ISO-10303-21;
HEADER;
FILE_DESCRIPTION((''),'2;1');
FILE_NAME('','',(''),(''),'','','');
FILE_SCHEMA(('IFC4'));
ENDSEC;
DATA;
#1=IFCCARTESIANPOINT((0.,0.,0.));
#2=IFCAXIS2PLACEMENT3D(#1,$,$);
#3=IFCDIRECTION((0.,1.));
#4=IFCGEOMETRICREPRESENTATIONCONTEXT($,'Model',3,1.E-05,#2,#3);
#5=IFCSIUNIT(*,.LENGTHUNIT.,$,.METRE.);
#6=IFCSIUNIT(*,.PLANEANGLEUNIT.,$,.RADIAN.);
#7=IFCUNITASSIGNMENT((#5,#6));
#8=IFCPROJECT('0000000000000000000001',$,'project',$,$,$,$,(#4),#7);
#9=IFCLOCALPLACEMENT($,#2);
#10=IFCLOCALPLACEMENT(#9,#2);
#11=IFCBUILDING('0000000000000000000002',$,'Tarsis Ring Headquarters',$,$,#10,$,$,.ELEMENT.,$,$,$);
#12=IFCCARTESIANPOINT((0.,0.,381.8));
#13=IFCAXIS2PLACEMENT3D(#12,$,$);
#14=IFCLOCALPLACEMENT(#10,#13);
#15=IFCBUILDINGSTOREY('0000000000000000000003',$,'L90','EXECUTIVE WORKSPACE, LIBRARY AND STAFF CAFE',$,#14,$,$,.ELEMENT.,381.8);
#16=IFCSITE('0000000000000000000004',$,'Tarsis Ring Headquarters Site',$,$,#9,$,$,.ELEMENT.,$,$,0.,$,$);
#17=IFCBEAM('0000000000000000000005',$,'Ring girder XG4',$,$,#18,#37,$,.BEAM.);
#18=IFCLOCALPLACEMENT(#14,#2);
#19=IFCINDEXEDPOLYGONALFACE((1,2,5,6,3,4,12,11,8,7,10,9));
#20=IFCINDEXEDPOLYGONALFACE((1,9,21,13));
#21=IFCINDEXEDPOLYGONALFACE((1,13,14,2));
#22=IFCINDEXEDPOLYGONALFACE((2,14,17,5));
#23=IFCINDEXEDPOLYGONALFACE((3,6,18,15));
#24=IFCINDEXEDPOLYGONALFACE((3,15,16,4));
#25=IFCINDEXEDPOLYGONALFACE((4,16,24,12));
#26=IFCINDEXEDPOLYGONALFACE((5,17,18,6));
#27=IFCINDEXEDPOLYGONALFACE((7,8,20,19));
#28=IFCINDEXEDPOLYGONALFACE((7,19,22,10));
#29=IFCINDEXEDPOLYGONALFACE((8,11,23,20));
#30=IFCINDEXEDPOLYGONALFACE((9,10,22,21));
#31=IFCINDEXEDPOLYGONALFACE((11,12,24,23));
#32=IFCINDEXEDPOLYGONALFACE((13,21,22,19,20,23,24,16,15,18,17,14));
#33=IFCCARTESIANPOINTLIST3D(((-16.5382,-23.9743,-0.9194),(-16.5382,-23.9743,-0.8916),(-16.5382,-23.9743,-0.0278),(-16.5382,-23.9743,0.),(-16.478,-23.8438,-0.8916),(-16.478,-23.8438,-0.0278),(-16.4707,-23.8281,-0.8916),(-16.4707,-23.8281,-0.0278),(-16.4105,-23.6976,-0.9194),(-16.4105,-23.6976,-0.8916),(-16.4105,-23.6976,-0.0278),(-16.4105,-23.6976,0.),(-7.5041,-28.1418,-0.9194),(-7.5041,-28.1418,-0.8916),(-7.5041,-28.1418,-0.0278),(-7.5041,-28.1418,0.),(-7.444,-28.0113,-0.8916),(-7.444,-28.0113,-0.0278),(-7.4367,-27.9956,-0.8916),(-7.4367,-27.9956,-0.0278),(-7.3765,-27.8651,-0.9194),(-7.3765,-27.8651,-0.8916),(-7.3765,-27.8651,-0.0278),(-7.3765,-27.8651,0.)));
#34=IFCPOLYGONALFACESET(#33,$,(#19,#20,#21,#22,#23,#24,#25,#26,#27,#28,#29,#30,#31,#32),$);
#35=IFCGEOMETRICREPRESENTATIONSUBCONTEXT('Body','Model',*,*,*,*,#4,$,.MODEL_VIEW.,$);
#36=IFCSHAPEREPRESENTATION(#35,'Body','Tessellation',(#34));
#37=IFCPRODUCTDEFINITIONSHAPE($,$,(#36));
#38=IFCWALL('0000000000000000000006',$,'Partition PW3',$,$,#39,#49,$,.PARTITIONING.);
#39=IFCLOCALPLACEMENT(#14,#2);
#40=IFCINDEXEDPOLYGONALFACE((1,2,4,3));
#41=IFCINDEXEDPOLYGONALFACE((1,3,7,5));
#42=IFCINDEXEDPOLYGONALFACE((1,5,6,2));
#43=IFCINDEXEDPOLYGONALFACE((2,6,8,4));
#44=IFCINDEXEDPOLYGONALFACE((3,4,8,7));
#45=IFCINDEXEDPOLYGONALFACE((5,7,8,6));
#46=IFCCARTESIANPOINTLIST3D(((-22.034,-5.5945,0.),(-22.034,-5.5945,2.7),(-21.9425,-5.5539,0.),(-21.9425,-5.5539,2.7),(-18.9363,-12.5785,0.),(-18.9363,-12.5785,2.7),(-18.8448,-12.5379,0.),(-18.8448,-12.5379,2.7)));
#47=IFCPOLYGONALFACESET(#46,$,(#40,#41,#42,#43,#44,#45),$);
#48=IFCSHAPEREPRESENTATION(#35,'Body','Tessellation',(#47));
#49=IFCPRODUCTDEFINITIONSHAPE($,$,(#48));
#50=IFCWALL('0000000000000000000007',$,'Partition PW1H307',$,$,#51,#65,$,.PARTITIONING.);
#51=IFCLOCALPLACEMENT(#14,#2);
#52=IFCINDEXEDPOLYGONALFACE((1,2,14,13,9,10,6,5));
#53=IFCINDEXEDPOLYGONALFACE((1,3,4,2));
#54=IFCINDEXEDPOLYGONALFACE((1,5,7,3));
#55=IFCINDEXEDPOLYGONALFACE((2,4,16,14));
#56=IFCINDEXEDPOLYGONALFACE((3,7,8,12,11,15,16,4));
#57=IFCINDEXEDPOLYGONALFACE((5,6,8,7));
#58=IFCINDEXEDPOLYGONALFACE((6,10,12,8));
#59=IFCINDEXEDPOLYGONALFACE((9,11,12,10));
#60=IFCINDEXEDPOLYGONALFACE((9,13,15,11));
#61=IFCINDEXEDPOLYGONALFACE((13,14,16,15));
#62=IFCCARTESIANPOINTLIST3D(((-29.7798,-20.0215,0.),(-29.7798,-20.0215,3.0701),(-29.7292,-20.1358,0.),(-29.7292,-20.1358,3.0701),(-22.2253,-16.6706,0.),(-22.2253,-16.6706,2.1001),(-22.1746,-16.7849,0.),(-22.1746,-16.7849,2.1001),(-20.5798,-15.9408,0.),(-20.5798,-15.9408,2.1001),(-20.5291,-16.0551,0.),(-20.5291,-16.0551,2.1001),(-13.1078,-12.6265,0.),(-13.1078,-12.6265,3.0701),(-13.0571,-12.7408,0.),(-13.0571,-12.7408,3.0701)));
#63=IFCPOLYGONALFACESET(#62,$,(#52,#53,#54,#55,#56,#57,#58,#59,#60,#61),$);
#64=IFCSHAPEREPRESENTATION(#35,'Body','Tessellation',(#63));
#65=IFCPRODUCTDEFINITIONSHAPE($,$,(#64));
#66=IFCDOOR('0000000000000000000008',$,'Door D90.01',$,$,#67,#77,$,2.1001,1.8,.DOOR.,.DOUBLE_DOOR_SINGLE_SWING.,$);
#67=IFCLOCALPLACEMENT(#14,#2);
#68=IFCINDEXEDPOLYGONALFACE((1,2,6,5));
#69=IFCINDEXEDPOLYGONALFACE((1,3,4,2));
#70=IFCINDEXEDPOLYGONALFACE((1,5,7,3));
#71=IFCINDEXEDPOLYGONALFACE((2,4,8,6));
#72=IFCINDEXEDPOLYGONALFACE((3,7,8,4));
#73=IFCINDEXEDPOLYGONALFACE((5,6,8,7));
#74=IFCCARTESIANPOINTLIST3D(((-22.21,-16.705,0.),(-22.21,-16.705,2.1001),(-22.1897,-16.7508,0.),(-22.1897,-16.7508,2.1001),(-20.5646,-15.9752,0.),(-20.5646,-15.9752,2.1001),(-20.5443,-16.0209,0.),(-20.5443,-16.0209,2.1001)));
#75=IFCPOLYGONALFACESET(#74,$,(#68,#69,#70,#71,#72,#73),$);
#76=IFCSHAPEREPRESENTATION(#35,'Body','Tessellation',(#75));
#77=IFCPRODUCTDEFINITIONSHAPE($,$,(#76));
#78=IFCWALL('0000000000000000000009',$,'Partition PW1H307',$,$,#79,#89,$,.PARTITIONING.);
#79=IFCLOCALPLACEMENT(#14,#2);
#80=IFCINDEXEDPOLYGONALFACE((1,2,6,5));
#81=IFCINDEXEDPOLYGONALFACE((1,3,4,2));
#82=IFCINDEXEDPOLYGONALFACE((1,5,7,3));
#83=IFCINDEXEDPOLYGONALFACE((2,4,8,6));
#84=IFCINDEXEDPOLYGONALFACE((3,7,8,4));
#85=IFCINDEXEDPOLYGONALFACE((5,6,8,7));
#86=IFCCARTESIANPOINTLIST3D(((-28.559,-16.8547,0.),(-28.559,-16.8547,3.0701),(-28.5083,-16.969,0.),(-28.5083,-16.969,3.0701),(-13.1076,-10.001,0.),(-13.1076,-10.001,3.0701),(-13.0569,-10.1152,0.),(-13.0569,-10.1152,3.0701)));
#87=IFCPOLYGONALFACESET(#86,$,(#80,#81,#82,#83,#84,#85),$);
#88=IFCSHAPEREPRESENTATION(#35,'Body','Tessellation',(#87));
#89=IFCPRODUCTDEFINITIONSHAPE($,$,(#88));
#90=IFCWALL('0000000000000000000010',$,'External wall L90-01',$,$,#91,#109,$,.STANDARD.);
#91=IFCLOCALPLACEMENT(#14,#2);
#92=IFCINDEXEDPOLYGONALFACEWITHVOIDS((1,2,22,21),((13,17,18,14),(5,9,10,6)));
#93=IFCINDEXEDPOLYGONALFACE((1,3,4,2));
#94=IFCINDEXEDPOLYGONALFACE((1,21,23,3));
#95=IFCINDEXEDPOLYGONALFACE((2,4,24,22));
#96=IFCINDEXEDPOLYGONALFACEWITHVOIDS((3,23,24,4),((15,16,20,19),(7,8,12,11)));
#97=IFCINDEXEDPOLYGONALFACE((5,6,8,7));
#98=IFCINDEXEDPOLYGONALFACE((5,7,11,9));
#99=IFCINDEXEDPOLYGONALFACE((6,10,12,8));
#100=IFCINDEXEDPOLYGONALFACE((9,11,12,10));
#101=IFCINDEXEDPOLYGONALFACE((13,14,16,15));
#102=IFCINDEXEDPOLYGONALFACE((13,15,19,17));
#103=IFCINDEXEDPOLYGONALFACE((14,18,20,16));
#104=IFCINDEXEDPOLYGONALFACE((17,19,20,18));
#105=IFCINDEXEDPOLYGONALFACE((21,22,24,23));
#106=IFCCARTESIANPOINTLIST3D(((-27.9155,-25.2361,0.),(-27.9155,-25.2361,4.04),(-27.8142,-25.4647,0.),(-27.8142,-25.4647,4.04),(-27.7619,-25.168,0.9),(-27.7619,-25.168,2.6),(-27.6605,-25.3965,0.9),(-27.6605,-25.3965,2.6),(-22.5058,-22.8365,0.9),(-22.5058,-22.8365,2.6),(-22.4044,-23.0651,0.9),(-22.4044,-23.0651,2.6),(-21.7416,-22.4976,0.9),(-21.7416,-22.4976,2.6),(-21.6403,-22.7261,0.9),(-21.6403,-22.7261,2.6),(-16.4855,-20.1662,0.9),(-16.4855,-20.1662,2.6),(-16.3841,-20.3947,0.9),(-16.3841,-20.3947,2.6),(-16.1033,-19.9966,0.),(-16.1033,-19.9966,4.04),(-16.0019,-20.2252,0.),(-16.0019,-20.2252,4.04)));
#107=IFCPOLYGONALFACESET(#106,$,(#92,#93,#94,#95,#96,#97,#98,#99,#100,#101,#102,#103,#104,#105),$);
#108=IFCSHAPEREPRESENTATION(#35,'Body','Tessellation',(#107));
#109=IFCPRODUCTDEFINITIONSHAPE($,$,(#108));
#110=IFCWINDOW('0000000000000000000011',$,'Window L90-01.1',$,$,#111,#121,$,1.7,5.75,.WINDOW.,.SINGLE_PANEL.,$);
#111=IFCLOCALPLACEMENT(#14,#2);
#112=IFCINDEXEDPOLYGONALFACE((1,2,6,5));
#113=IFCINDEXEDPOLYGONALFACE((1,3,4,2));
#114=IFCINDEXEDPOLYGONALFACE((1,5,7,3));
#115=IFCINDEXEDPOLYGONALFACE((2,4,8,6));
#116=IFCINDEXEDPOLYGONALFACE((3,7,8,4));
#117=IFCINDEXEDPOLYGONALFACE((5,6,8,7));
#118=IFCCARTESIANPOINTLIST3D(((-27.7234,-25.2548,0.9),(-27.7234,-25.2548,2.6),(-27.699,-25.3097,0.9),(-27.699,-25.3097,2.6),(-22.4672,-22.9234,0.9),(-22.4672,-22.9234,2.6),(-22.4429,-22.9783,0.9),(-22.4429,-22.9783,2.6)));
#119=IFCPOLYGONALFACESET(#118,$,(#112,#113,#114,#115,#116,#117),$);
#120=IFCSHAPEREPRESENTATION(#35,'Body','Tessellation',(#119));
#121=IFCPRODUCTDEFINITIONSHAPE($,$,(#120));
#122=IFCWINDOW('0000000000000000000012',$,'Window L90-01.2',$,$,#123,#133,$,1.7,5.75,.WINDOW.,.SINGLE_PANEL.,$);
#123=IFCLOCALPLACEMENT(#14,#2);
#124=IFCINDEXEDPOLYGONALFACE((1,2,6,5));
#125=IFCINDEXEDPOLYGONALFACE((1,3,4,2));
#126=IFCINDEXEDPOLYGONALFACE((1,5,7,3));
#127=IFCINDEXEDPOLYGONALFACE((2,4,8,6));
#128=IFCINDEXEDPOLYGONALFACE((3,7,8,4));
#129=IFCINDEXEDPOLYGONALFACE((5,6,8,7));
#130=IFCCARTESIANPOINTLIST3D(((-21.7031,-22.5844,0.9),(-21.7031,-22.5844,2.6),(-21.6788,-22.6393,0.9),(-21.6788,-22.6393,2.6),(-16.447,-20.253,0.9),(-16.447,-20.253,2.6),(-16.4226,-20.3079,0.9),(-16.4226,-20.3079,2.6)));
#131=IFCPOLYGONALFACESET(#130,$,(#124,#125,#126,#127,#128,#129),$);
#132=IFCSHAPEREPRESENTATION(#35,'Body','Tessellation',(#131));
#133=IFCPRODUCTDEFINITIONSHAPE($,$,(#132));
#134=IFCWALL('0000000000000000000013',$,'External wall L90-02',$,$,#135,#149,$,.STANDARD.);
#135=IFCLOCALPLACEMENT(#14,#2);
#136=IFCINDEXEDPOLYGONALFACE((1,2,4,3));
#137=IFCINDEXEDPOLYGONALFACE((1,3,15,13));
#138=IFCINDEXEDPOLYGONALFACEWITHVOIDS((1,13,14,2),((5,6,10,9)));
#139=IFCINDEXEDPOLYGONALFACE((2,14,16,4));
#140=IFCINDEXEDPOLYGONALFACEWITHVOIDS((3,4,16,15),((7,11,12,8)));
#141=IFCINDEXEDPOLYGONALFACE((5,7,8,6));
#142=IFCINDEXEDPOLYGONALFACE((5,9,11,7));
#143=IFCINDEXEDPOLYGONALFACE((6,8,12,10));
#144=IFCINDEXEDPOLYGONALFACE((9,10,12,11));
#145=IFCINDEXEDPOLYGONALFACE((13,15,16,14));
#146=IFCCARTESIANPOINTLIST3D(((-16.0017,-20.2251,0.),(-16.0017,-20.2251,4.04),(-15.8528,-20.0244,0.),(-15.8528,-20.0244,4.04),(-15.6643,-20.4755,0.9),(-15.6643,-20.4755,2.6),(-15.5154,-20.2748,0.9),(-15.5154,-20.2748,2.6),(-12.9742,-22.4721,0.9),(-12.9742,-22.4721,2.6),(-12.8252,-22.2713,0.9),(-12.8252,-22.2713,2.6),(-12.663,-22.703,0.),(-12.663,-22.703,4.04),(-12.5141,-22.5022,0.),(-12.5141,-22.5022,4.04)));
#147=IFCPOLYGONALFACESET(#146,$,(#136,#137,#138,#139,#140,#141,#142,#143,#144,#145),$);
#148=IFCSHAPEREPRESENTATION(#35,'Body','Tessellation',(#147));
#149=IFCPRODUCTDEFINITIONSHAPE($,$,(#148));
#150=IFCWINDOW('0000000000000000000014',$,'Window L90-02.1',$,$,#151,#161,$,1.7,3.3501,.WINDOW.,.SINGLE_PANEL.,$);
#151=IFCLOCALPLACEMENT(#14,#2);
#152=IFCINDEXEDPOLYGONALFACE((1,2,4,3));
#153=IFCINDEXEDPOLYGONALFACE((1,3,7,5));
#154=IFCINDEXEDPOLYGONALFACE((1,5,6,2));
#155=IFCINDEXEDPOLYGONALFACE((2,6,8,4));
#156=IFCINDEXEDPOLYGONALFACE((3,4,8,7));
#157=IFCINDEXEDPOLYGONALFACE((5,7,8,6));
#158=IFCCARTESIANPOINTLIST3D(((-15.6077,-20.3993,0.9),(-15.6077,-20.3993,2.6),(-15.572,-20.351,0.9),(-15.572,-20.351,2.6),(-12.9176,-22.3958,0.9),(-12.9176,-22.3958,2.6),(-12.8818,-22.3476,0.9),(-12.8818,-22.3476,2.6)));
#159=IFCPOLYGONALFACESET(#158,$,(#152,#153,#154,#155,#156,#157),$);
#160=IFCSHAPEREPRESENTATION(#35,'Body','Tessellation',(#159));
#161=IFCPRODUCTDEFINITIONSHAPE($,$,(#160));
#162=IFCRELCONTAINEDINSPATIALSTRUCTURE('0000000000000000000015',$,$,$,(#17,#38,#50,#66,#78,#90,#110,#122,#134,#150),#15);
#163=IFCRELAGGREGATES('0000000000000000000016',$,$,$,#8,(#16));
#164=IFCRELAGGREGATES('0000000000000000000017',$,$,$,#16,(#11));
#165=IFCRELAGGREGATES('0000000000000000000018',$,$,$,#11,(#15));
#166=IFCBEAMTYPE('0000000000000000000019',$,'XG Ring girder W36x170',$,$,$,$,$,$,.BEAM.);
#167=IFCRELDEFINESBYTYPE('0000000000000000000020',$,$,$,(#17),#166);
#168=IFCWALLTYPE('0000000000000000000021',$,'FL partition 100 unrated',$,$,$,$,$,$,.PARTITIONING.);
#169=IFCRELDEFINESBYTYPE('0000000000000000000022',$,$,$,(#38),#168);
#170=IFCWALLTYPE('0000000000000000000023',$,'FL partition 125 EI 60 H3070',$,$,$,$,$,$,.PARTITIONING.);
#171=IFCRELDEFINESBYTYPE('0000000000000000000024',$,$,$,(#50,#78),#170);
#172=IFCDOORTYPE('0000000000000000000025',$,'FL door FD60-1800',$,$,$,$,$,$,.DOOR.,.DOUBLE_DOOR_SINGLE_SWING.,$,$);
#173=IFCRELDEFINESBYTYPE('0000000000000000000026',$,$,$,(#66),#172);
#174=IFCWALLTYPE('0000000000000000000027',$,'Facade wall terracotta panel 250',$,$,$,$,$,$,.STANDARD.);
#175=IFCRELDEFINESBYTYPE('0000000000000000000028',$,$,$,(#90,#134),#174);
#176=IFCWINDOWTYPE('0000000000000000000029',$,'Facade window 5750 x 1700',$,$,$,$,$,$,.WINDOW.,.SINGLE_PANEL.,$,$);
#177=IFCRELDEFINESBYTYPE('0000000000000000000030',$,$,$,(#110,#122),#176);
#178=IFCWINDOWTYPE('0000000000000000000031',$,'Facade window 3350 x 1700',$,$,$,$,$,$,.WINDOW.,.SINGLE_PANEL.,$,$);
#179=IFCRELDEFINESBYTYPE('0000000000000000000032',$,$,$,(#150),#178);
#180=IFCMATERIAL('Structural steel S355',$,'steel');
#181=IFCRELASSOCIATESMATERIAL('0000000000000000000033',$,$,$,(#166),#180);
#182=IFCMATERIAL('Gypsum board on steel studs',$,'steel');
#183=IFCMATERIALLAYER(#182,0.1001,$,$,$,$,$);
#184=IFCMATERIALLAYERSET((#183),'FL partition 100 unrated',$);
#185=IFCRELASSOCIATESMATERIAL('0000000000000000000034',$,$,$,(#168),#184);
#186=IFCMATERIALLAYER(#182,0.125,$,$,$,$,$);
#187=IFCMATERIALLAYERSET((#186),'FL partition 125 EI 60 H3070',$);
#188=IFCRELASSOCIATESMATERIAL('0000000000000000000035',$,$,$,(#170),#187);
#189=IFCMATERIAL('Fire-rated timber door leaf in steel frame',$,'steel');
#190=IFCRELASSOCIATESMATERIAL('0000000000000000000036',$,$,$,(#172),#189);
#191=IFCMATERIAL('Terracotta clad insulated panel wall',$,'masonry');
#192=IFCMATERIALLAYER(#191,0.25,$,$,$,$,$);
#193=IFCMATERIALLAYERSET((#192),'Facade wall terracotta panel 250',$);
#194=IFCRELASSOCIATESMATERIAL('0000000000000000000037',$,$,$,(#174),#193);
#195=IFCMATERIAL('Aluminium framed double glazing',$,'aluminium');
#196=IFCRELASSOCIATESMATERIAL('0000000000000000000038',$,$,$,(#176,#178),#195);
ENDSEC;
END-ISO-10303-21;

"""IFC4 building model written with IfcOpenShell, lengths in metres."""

from ifc_helpers import new_model, si_unit, direction, frame, frame_2d, origin, origin_2d, place, context, subcontext, project, spatial, rectangle, i_section, extrude, material, layer, layer_set, material_profile, profile_set, type_object, element, fill, save


model = new_model("IFC4")

# Units and contexts
model_context = context("Model", 3, precision=1e-05, world=origin(), true_north=direction((0.0, 1.0)))
body_context = subcontext(model_context, "Body", "Model", "MODEL_VIEW")
ifc_project = project(units=[si_unit("LENGTHUNIT", "METRE"), si_unit("PLANEANGLEUNIT", "RADIAN")], contexts=[model_context])

# Site, building, storey
site_placement = place(None, origin())
site = spatial("IfcSite", under=ifc_project, at=site_placement, Name="Tarsis Ring Headquarters Site", CompositionType="ELEMENT", RefElevation=0.0)
building_placement = place(site_placement, origin())
building = spatial("IfcBuilding", under=site, at=building_placement, Name="Tarsis Ring Headquarters", CompositionType="ELEMENT")
storey_placement = place(building_placement, frame((0.0, 0.0, 381.8)))
storey = spatial("IfcBuildingStorey", under=building, at=storey_placement, Name="L90", Description="EXECUTIVE WORKSPACE, LIBRARY AND STAFF CAFE", CompositionType="ELEMENT", Elevation=381.8)

# Shared definitions
ifc_material_1 = material(Name="Structural steel S355", Category="steel")

# Beam
ifc_material_profile_1 = material_profile(ifc_material_1, i_section(OverallWidth=0.3047, OverallDepth=0.9194, WebThickness=0.0173, FlangeThickness=0.0278, at=origin_2d()), Name="W36x170")
ifc_profile_set_1 = profile_set([ifc_material_profile_1], Name="Structural steel S355")
beam_type = type_object("IfcBeamType", Name="XG Ring girder W36x170", PredefinedType="BEAM", material=ifc_profile_set_1)
beam_1_placement = place(storey_placement, frame((-16.4744, -23.8359, -0.4597), z_axis=(0.908037, -0.41889, 0.0), x_axis=(0.41889, 0.908037, 0.0)))
element("IfcBeam", 1, at=beam_1_placement, inside=storey, type_object=beam_type, Name="Ring girder XG4", PredefinedType="BEAM", context=body_context, shape_type="SweptSolid", body=[
    extrude(i_section(OverallWidth=0.3047, OverallDepth=0.9194, WebThickness=0.0173, FlangeThickness=0.0278, at=origin_2d()), origin(), (0.0, 0.0, 1.0), 9.949),
])

# Wall
ifc_material_2 = material(Name="Gypsum board on steel studs", Category="steel")
ifc_layer_1 = layer(ifc_material_2, 0.1001)
ifc_layer_set_1 = layer_set([ifc_layer_1], Name="FL partition 100 unrated")
wall_type_1 = type_object("IfcWallType", Name="FL partition 100 unrated", PredefinedType="PARTITIONING", material=ifc_layer_set_1)
wall_1_placement = place(storey_placement, frame((-21.9883, -5.5742, 0.0), z_axis=(0.0, 0.0, 1.0), x_axis=(0.40545, -0.914117, 0.0)))
element("IfcWall", 2, at=wall_1_placement, inside=storey, type_object=wall_type_1, Name="Partition PW3", PredefinedType="PARTITIONING", context=body_context, shape_type="SweptSolid", body=[
    extrude(rectangle(XDim=7.6401, YDim=0.1001, at=frame_2d((3.8201, 0.0))), origin(), (0.0, 0.0, 1.0), 2.7),
])

# Wall, opening, door
ifc_layer_2 = layer(ifc_material_2, 0.125)
ifc_layer_set_2 = layer_set([ifc_layer_2], Name="FL partition 125 EI 60 H3070")
wall_type_2 = type_object("IfcWallType", Name="FL partition 125 EI 60 H3070", PredefinedType="PARTITIONING", material=ifc_layer_set_2)
wall_2_placement = place(storey_placement, frame((-29.7544, -20.0786, 0.0), z_axis=(0.0, 0.0, 1.0), x_axis=(0.914113, 0.40546, 0.0)))
wall_2 = element("IfcWall", 3, at=wall_2_placement, inside=storey, type_object=wall_type_2, Name="Partition PW1H307", PredefinedType="PARTITIONING", context=body_context, shape_type="SweptSolid", body=[
    extrude(rectangle(XDim=18.2385, YDim=0.125, at=frame_2d((9.1191, 0.0))), origin(), (0.0, 0.0, 1.0), 3.0701),
])
opening_1_placement = place(wall_2_placement, frame((8.2644, 0.0, 0.0)))
opening_1 = element("IfcOpeningElement", 4, at=opening_1_placement, cuts=wall_2, PredefinedType="OPENING", context=body_context, shape_type="SweptSolid", body=[
    extrude(rectangle(XDim=1.8, YDim=2.1001, at=frame_2d((0.8999, 1.05))), frame((0.0, 0.0725, 0.0), z_axis=(0.0, -1.0, 0.0), x_axis=(1.0, 0.0, 0.0)), (0.0, 0.0, 1.0), 0.145),
])
ifc_material_3 = material(Name="Fire-rated timber door leaf in steel frame", Category="steel")
door_type = type_object("IfcDoorType", Name="FL door FD60-1800", OperationType="DOUBLE_DOOR_SINGLE_SWING", PredefinedType="DOOR", material=ifc_material_3)
door_placement = place(opening_1_placement, origin())
door = element("IfcDoor", 5, at=door_placement, inside=storey, type_object=door_type, Name="Door D90.01", OperationType="DOUBLE_DOOR_SINGLE_SWING", OverallHeight=2.1001, OverallWidth=1.8, PredefinedType="DOOR", context=body_context, shape_type="SweptSolid", body=[
    extrude(rectangle(XDim=1.8, YDim=2.1001, at=frame_2d((0.8999, 1.05))), frame((0.0, 0.0249, 0.0), z_axis=(0.0, -1.0, 0.0), x_axis=(1.0, 0.0, 0.0)), (0.0, 0.0, 1.0), 0.05),
])
fill(opening_1, door)

# Wall
wall_3_placement = place(storey_placement, frame((-28.5337, -16.9119, 0.0), z_axis=(0.0, 0.0, 1.0), x_axis=(0.914109, 0.40547, 0.0)))
element("IfcWall", 6, at=wall_3_placement, inside=storey, type_object=wall_type_2, Name="Partition PW1H307", PredefinedType="PARTITIONING", context=body_context, shape_type="SweptSolid", body=[
    extrude(rectangle(XDim=16.9033, YDim=0.125, at=frame_2d((8.4517, 0.0))), origin(), (0.0, 0.0, 1.0), 3.0701),
])

# Wall, openings, windows
ifc_material_4 = material(Name="Terracotta clad insulated panel wall", Category="masonry")
ifc_layer_3 = layer(ifc_material_4, 0.25)
ifc_layer_set_3 = layer_set([ifc_layer_3], Name="Facade wall terracotta panel 250")
wall_type_3 = type_object("IfcWallType", Name="Facade wall terracotta panel 250", PredefinedType="STANDARD", material=ifc_layer_set_3)
wall_4_placement = place(storey_placement, frame((-27.8647, -25.3503, 0.0), z_axis=(0.0, 0.0, 1.0), x_axis=(0.91411, 0.405467, 0.0)))
wall_4 = element("IfcWall", 7, at=wall_4_placement, inside=storey, type_object=wall_type_3, Name="External wall L90-01", PredefinedType="STANDARD", context=body_context, shape_type="SweptSolid", body=[
    extrude(rectangle(XDim=12.9221, YDim=0.25, at=frame_2d((6.4609, 0.0))), origin(), (0.0, 0.0, 1.0), 4.04),
])
opening_2_placement = place(wall_4_placement, frame((0.168, 0.0, 0.8999)))
opening_2 = element("IfcOpeningElement", 8, at=opening_2_placement, cuts=wall_4, PredefinedType="OPENING", context=body_context, shape_type="SweptSolid", body=[
    extrude(rectangle(XDim=5.75, YDim=1.7, at=frame_2d((2.875, 0.8501))), frame((0.0, 0.135, 0.0), z_axis=(0.0, -1.0, 0.0), x_axis=(1.0, 0.0, 0.0)), (0.0, 0.0, 1.0), 0.27),
])
opening_3_placement = place(wall_4_placement, frame((6.7539, 0.0, 0.8999)))
opening_3 = element("IfcOpeningElement", 9, at=opening_3_placement, cuts=wall_4, PredefinedType="OPENING", context=body_context, shape_type="SweptSolid", body=[
    extrude(rectangle(XDim=5.75, YDim=1.7, at=frame_2d((2.875, 0.8501))), frame((0.0, 0.135, 0.0), z_axis=(0.0, -1.0, 0.0), x_axis=(1.0, 0.0, 0.0)), (0.0, 0.0, 1.0), 0.27),
])
ifc_material_5 = material(Name="Aluminium framed double glazing", Category="aluminium")
window_type_1 = type_object("IfcWindowType", Name="Facade window 5750 x 1700", PartitioningType="SINGLE_PANEL", PredefinedType="WINDOW", material=ifc_material_5)
window_1_placement = place(opening_2_placement, origin())
window_1 = element("IfcWindow", 10, at=window_1_placement, inside=storey, type_object=window_type_1, Name="Window L90-01.1", OverallHeight=1.7, OverallWidth=5.75, PartitioningType="SINGLE_PANEL", PredefinedType="WINDOW", context=body_context, shape_type="SweptSolid", body=[
    extrude(rectangle(XDim=5.75, YDim=1.7, at=frame_2d((2.875, 0.8501))), frame((0.0, 0.03, 0.0), z_axis=(0.0, -1.0, 0.0), x_axis=(1.0, 0.0, 0.0)), (0.0, 0.0, 1.0), 0.0601),
])
fill(opening_2, window_1)
window_2_placement = place(opening_3_placement, origin())
window_2 = element("IfcWindow", 11, at=window_2_placement, inside=storey, type_object=window_type_1, Name="Window L90-01.2", OverallHeight=1.7, OverallWidth=5.75, PartitioningType="SINGLE_PANEL", PredefinedType="WINDOW", context=body_context, shape_type="SweptSolid", body=[
    extrude(rectangle(XDim=5.75, YDim=1.7, at=frame_2d((2.875, 0.8501))), frame((0.0, 0.03, 0.0), z_axis=(0.0, -1.0, 0.0), x_axis=(1.0, 0.0, 0.0)), (0.0, 0.0, 1.0), 0.0601),
])
fill(opening_3, window_2)

# Wall, opening, window
wall_5_placement = place(storey_placement, frame((-15.9272, -20.1248, 0.0), z_axis=(0.0, 0.0, 1.0), x_axis=(0.803013, -0.595962, 0.0)))
wall_5 = element("IfcWall", 12, at=wall_5_placement, inside=storey, type_object=wall_type_3, Name="External wall L90-02", PredefinedType="STANDARD", context=body_context, shape_type="SweptSolid", body=[
    extrude(rectangle(XDim=4.1577, YDim=0.25, at=frame_2d((2.0789, 0.0))), origin(), (0.0, 0.0, 1.0), 4.04),
])
opening_4_placement = place(wall_5_placement, frame((0.4202, 0.0, 0.8999)))
opening_4 = element("IfcOpeningElement", 13, at=opening_4_placement, cuts=wall_5, PredefinedType="OPENING", context=body_context, shape_type="SweptSolid", body=[
    extrude(rectangle(XDim=3.3501, YDim=1.7, at=frame_2d((1.675, 0.8501))), frame((0.0, 0.135, 0.0), z_axis=(0.0, -1.0, 0.0), x_axis=(1.0, 0.0, 0.0)), (0.0, 0.0, 1.0), 0.27),
])
window_type_2 = type_object("IfcWindowType", Name="Facade window 3350 x 1700", PartitioningType="SINGLE_PANEL", PredefinedType="WINDOW", material=ifc_material_5)
window_3_placement = place(opening_4_placement, origin())
window_3 = element("IfcWindow", 14, at=window_3_placement, inside=storey, type_object=window_type_2, Name="Window L90-02.1", OverallHeight=1.7, OverallWidth=3.3501, PartitioningType="SINGLE_PANEL", PredefinedType="WINDOW", context=body_context, shape_type="SweptSolid", body=[
    extrude(rectangle(XDim=3.3501, YDim=1.7, at=frame_2d((1.675, 0.8501))), frame((0.0, 0.03, 0.0), z_axis=(0.0, -1.0, 0.0), x_axis=(1.0, 0.0, 0.0)), (0.0, 0.0, 1.0), 0.0601),
])
fill(opening_4, window_3)

save(model, "model.ifc")
